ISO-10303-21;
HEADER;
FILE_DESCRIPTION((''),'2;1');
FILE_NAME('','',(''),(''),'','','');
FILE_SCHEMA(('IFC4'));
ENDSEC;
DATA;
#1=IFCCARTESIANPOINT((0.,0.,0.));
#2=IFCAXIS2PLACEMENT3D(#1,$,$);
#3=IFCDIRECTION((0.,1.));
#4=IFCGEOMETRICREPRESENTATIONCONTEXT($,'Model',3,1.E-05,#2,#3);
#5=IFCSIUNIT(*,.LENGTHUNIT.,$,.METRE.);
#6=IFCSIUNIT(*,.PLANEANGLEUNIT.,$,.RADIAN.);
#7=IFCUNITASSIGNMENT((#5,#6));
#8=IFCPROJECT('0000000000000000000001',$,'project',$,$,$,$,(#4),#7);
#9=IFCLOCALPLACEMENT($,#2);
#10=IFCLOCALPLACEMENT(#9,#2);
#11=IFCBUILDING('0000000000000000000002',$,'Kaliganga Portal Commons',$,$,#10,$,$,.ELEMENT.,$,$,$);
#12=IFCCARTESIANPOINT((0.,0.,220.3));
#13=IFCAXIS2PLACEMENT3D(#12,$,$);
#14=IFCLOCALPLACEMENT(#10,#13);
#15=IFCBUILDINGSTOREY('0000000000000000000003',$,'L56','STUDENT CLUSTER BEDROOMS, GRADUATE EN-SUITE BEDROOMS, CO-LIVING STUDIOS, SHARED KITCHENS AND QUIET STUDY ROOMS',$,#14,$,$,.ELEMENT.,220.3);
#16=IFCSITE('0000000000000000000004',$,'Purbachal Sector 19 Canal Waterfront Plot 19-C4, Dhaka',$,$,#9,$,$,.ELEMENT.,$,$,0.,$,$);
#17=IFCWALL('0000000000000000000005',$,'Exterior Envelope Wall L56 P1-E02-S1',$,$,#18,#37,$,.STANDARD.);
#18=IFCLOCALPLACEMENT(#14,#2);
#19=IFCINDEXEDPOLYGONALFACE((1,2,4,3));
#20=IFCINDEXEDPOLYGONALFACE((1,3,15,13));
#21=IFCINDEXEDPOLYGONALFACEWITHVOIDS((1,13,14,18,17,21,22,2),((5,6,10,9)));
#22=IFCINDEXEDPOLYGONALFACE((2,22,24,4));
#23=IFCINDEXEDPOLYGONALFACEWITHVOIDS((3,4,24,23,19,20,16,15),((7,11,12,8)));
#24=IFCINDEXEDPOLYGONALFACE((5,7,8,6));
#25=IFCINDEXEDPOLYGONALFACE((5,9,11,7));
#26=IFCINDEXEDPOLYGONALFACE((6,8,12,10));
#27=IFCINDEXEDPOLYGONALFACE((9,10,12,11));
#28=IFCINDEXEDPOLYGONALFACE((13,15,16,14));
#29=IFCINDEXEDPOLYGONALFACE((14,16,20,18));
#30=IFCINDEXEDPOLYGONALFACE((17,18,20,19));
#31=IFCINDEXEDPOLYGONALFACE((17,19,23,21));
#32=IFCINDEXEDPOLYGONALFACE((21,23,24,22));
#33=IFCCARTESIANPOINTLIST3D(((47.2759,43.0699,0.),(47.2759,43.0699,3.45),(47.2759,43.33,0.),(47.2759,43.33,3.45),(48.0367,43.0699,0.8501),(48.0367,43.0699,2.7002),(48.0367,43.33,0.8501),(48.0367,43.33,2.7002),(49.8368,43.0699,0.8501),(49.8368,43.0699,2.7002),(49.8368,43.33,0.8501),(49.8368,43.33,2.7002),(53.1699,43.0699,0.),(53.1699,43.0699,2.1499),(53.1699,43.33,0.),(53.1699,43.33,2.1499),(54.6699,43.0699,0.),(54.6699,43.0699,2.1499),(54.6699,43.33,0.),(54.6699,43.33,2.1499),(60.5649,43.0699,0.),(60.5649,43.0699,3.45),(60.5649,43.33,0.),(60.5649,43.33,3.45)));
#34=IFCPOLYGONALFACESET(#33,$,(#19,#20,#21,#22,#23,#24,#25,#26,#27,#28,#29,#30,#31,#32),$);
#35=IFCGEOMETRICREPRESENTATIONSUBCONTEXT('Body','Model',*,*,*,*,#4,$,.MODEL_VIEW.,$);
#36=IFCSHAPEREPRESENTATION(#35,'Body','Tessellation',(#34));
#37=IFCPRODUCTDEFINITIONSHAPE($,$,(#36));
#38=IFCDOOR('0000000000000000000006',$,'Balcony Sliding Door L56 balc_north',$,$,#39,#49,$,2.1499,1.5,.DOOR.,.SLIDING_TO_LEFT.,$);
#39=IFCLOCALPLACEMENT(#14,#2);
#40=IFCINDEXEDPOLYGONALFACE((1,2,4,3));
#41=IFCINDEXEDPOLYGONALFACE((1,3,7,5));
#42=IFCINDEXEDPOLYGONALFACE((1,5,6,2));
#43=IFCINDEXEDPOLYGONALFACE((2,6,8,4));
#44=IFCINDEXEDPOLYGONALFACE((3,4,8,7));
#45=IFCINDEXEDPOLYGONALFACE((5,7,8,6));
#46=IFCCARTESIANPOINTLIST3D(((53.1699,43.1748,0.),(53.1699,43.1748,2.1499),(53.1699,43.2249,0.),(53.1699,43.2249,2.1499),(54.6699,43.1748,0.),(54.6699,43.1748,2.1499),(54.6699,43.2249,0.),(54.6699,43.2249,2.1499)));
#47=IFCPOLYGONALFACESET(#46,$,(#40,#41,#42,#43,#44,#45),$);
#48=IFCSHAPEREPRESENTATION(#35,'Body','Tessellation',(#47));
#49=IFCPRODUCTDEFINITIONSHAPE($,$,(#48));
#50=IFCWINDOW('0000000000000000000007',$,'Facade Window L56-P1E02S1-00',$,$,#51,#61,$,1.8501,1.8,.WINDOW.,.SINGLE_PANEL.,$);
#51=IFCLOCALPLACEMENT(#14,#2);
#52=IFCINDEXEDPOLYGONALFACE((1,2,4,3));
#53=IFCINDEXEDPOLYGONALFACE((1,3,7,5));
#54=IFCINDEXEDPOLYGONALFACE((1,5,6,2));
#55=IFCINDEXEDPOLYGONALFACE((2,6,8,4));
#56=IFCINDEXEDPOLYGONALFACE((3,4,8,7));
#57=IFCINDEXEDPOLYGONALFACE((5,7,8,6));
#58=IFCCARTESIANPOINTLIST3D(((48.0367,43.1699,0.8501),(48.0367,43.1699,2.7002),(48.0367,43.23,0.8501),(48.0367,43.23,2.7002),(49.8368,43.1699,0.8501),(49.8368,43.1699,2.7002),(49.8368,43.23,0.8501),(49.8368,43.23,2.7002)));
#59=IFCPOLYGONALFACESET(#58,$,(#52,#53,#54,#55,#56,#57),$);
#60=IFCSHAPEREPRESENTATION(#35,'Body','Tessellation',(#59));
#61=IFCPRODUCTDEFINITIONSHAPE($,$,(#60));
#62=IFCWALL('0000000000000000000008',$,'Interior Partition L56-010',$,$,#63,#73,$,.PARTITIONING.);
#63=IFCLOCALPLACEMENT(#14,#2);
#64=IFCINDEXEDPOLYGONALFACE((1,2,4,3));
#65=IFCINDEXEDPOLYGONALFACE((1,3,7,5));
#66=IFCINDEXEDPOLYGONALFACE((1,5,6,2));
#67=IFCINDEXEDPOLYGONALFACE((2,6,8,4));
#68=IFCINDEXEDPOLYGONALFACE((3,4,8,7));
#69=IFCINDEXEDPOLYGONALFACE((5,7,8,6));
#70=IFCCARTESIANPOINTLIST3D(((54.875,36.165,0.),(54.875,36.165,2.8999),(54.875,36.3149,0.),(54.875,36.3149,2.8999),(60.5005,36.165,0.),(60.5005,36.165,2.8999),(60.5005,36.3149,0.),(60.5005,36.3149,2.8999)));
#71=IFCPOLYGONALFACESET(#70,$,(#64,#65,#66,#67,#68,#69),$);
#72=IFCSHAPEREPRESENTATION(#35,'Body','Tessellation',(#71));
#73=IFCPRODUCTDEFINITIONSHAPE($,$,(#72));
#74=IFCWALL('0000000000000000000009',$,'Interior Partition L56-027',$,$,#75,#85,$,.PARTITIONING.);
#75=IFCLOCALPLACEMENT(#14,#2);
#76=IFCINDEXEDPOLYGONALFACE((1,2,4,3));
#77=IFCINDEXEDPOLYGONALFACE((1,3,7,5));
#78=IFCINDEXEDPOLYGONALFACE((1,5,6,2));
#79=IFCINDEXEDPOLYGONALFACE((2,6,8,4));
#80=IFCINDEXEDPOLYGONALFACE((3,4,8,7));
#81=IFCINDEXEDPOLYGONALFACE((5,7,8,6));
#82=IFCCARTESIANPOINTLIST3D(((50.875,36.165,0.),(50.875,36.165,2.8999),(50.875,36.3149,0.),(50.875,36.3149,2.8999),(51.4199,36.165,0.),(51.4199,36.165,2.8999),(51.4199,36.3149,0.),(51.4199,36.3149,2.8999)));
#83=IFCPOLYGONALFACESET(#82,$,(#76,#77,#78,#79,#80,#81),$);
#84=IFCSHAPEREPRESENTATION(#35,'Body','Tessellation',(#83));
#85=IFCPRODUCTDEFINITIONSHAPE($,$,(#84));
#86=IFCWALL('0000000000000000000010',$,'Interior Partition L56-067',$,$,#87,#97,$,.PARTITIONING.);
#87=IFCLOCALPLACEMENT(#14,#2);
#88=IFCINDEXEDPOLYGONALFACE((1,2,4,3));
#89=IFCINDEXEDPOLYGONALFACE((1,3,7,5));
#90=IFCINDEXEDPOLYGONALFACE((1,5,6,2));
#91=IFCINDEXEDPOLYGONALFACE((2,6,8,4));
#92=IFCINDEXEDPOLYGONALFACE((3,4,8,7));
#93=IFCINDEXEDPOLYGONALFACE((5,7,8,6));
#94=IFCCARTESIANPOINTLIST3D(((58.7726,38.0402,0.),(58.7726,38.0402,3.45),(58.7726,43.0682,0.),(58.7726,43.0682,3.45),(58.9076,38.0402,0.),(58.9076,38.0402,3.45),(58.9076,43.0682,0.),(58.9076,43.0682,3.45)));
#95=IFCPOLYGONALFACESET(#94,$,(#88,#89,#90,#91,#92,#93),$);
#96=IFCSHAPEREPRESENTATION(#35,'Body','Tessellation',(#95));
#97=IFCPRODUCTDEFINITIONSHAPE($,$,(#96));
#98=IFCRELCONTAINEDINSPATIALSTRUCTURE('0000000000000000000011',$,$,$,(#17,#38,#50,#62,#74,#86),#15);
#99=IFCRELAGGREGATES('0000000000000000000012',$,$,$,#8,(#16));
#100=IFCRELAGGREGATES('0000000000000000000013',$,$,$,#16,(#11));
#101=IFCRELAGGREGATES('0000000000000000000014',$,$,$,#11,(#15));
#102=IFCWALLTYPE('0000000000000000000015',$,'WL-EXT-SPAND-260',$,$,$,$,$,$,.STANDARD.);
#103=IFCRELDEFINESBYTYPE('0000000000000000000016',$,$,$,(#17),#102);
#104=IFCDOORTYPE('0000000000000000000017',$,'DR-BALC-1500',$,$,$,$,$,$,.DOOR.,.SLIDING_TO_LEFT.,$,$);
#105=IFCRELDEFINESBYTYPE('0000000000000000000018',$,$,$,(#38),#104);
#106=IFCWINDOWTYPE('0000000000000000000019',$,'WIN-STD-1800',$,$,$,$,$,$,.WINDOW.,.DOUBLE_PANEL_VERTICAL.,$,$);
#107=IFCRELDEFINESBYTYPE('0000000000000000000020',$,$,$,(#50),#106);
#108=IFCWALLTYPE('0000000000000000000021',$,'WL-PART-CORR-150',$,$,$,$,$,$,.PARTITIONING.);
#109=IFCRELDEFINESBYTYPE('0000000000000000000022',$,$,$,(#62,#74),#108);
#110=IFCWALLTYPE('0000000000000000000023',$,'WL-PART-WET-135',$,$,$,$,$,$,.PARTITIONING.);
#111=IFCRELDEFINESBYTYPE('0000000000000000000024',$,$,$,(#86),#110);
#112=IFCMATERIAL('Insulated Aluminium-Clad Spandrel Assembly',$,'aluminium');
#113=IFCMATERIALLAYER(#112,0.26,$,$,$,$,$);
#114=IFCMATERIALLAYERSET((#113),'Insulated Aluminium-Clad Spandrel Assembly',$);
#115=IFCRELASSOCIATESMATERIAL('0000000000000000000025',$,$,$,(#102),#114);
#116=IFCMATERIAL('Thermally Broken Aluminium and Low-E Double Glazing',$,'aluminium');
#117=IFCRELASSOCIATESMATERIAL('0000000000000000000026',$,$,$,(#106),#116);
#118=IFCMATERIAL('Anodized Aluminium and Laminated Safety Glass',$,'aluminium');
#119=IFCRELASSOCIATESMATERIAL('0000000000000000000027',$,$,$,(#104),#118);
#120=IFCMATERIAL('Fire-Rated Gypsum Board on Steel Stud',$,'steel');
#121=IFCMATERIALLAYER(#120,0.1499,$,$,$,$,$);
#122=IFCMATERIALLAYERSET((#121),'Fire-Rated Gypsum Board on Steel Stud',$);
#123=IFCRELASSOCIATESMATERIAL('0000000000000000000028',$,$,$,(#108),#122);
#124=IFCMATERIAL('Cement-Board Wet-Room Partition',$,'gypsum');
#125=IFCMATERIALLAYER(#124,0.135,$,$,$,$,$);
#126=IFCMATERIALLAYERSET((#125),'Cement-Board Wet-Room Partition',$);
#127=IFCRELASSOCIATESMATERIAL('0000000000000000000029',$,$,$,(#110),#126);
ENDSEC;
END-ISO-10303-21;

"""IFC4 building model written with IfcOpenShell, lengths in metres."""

from ifc_helpers import new_model, si_unit, direction, frame, frame_2d, origin, place, context, subcontext, project, spatial, rectangle, extrude, material, layer, layer_set, type_object, element, fill, save


model = new_model("IFC4")

# Units and contexts
model_context = context("Model", 3, precision=1e-05, world=origin(), true_north=direction((0.0, 1.0)))
body_context = subcontext(model_context, "Body", "Model", "MODEL_VIEW")
ifc_project = project(units=[si_unit("LENGTHUNIT", "METRE"), si_unit("PLANEANGLEUNIT", "RADIAN")], contexts=[model_context])

# Site, building, storey
site_placement = place(None, origin())
site = spatial("IfcSite", under=ifc_project, at=site_placement, Name="Purbachal Sector 19 Canal Waterfront Plot 19-C4, Dhaka", CompositionType="ELEMENT", RefElevation=0.0)
building_placement = place(site_placement, origin())
building = spatial("IfcBuilding", under=site, at=building_placement, Name="Kaliganga Portal Commons", CompositionType="ELEMENT")
storey_placement = place(building_placement, frame((0.0, 0.0, 220.3)))
storey = spatial("IfcBuildingStorey", under=building, at=storey_placement, Name="L56", Description="STUDENT CLUSTER BEDROOMS, GRADUATE EN-SUITE BEDROOMS, CO-LIVING STUDIOS, SHARED KITCHENS AND QUIET STUDY ROOMS", CompositionType="ELEMENT", Elevation=220.3)

# Shared definitions
ifc_material_1 = material(Name="Insulated Aluminium-Clad Spandrel Assembly", Category="aluminium")
ifc_layer_1 = layer(ifc_material_1, 0.26)
ifc_layer_set_1 = layer_set([ifc_layer_1], Name="Insulated Aluminium-Clad Spandrel Assembly")
wall_type_1 = type_object("IfcWallType", Name="WL-EXT-SPAND-260", PredefinedType="STANDARD", material=ifc_layer_set_1)
ifc_material_2 = material(Name="Thermally Broken Aluminium and Low-E Double Glazing", Category="aluminium")
window_type_1 = type_object("IfcWindowType", Name="WIN-STD-1800", PartitioningType="DOUBLE_PANEL_VERTICAL", PredefinedType="WINDOW", material=ifc_material_2)

# Wall, openings, door, window
wall_1_placement = place(storey_placement, frame((47.2759, 43.2, 0.0), z_axis=(0.0, 0.0, 1.0), x_axis=(1.0, 0.0, 0.0)))
wall_1 = element("IfcWall", 1, at=wall_1_placement, inside=storey, type_object=wall_type_1, Name="Exterior Envelope Wall L56 P1-E02-S1", PredefinedType="STANDARD", context=body_context, shape_type="SweptSolid", body=[
    extrude(rectangle(XDim=13.2891, YDim=0.26, at=frame_2d((6.6445, 0.0))), origin(), (0.0, 0.0, 1.0), 3.45),
])
opening_1_placement = place(wall_1_placement, frame((5.894, 0.0, 0.0)))
opening_1 = element("IfcOpeningElement", 2, at=opening_1_placement, cuts=wall_1, PredefinedType="OPENING", context=body_context, shape_type="SweptSolid", body=[
    extrude(rectangle(XDim=1.5, YDim=2.1499, at=frame_2d((0.75, 1.075))), frame((0.0, 0.1401, 0.0), z_axis=(0.0, -1.0, 0.0), x_axis=(1.0, 0.0, 0.0)), (0.0, 0.0, 1.0), 0.28),
])
opening_2_placement = place(wall_1_placement, frame((0.761, 0.0, 0.8501)))
opening_2 = element("IfcOpeningElement", 3, at=opening_2_placement, cuts=wall_1, PredefinedType="OPENING", context=body_context, shape_type="SweptSolid", body=[
    extrude(rectangle(XDim=1.8, YDim=1.8501, at=frame_2d((0.8999, 0.925))), frame((0.0, 0.1401, 0.0), z_axis=(0.0, -1.0, 0.0), x_axis=(1.0, 0.0, 0.0)), (0.0, 0.0, 1.0), 0.28),
])
ifc_material_3 = material(Name="Anodized Aluminium and Laminated Safety Glass", Category="aluminium")
door_type_1 = type_object("IfcDoorType", Name="DR-BALC-1500", OperationType="SLIDING_TO_LEFT", PredefinedType="DOOR", material=ifc_material_3)
door_1_placement = place(opening_1_placement, origin())
door_1 = element("IfcDoor", 4, at=door_1_placement, inside=storey, type_object=door_type_1, Name="Balcony Sliding Door L56 balc_north", OperationType="SLIDING_TO_LEFT", OverallHeight=2.1499, OverallWidth=1.5, PredefinedType="DOOR", context=body_context, shape_type="SweptSolid", body=[
    extrude(rectangle(XDim=1.5, YDim=2.1499, at=frame_2d((0.75, 1.075))), frame((0.0, 0.0249, 0.0), z_axis=(0.0, -1.0, 0.0), x_axis=(1.0, 0.0, 0.0)), (0.0, 0.0, 1.0), 0.05),
])
fill(opening_1, door_1)
window_1_placement = place(opening_2_placement, origin())
window_1 = element("IfcWindow", 5, at=window_1_placement, inside=storey, type_object=window_type_1, Name="Facade Window L56-P1E02S1-00", OverallHeight=1.8501, OverallWidth=1.8, PartitioningType="SINGLE_PANEL", PredefinedType="WINDOW", context=body_context, shape_type="SweptSolid", body=[
    extrude(rectangle(XDim=1.8, YDim=1.8501, at=frame_2d((0.8999, 0.925))), frame((0.0, 0.03, 0.0), z_axis=(0.0, -1.0, 0.0), x_axis=(1.0, 0.0, 0.0)), (0.0, 0.0, 1.0), 0.0601),
])
fill(opening_2, window_1)

# Shared definitions
ifc_material_4 = material(Name="Fire-Rated Gypsum Board on Steel Stud", Category="steel")
ifc_layer_2 = layer(ifc_material_4, 0.1499)
ifc_layer_set_2 = layer_set([ifc_layer_2], Name="Fire-Rated Gypsum Board on Steel Stud")
wall_type_2 = type_object("IfcWallType", Name="WL-PART-CORR-150", PredefinedType="PARTITIONING", material=ifc_layer_set_2)

# Wall
wall_2_placement = place(storey_placement, frame((54.875, 36.24, 0.0), z_axis=(0.0, 0.0, 1.0), x_axis=(1.0, 0.0, 0.0)))
element("IfcWall", 6, at=wall_2_placement, inside=storey, type_object=wall_type_2, Name="Interior Partition L56-010", PredefinedType="PARTITIONING", context=body_context, shape_type="SweptSolid", body=[
    extrude(rectangle(XDim=5.6255, YDim=0.1499, at=frame_2d((2.8127, 0.0))), origin(), (0.0, 0.0, 1.0), 2.8999),
])

# Wall
wall_3_placement = place(storey_placement, frame((50.875, 36.24, 0.0), z_axis=(0.0, 0.0, 1.0), x_axis=(1.0, 0.0, 0.0)))
element("IfcWall", 7, at=wall_3_placement, inside=storey, type_object=wall_type_2, Name="Interior Partition L56-027", PredefinedType="PARTITIONING", context=body_context, shape_type="SweptSolid", body=[
    extrude(rectangle(XDim=0.5449, YDim=0.1499, at=frame_2d((0.2725, 0.0))), origin(), (0.0, 0.0, 1.0), 2.8999),
])

# Wall
ifc_material_5 = material(Name="Cement-Board Wet-Room Partition", Category="gypsum")
ifc_layer_3 = layer(ifc_material_5, 0.135)
ifc_layer_set_3 = layer_set([ifc_layer_3], Name="Cement-Board Wet-Room Partition")
wall_type_3 = type_object("IfcWallType", Name="WL-PART-WET-135", PredefinedType="PARTITIONING", material=ifc_layer_set_3)
wall_4_placement = place(storey_placement, frame((58.8401, 38.04, 0.0), z_axis=(0.0, 0.0, 1.0), x_axis=(0.0, 1.0, 0.0)))
element("IfcWall", 8, at=wall_4_placement, inside=storey, type_object=wall_type_3, Name="Interior Partition L56-067", PredefinedType="PARTITIONING", context=body_context, shape_type="SweptSolid", body=[
    extrude(rectangle(XDim=5.0281, YDim=0.135, at=frame_2d((2.5142, 0.0))), origin(), (0.0, 0.0, 1.0), 3.45),
])

save(model, "model.ifc")
